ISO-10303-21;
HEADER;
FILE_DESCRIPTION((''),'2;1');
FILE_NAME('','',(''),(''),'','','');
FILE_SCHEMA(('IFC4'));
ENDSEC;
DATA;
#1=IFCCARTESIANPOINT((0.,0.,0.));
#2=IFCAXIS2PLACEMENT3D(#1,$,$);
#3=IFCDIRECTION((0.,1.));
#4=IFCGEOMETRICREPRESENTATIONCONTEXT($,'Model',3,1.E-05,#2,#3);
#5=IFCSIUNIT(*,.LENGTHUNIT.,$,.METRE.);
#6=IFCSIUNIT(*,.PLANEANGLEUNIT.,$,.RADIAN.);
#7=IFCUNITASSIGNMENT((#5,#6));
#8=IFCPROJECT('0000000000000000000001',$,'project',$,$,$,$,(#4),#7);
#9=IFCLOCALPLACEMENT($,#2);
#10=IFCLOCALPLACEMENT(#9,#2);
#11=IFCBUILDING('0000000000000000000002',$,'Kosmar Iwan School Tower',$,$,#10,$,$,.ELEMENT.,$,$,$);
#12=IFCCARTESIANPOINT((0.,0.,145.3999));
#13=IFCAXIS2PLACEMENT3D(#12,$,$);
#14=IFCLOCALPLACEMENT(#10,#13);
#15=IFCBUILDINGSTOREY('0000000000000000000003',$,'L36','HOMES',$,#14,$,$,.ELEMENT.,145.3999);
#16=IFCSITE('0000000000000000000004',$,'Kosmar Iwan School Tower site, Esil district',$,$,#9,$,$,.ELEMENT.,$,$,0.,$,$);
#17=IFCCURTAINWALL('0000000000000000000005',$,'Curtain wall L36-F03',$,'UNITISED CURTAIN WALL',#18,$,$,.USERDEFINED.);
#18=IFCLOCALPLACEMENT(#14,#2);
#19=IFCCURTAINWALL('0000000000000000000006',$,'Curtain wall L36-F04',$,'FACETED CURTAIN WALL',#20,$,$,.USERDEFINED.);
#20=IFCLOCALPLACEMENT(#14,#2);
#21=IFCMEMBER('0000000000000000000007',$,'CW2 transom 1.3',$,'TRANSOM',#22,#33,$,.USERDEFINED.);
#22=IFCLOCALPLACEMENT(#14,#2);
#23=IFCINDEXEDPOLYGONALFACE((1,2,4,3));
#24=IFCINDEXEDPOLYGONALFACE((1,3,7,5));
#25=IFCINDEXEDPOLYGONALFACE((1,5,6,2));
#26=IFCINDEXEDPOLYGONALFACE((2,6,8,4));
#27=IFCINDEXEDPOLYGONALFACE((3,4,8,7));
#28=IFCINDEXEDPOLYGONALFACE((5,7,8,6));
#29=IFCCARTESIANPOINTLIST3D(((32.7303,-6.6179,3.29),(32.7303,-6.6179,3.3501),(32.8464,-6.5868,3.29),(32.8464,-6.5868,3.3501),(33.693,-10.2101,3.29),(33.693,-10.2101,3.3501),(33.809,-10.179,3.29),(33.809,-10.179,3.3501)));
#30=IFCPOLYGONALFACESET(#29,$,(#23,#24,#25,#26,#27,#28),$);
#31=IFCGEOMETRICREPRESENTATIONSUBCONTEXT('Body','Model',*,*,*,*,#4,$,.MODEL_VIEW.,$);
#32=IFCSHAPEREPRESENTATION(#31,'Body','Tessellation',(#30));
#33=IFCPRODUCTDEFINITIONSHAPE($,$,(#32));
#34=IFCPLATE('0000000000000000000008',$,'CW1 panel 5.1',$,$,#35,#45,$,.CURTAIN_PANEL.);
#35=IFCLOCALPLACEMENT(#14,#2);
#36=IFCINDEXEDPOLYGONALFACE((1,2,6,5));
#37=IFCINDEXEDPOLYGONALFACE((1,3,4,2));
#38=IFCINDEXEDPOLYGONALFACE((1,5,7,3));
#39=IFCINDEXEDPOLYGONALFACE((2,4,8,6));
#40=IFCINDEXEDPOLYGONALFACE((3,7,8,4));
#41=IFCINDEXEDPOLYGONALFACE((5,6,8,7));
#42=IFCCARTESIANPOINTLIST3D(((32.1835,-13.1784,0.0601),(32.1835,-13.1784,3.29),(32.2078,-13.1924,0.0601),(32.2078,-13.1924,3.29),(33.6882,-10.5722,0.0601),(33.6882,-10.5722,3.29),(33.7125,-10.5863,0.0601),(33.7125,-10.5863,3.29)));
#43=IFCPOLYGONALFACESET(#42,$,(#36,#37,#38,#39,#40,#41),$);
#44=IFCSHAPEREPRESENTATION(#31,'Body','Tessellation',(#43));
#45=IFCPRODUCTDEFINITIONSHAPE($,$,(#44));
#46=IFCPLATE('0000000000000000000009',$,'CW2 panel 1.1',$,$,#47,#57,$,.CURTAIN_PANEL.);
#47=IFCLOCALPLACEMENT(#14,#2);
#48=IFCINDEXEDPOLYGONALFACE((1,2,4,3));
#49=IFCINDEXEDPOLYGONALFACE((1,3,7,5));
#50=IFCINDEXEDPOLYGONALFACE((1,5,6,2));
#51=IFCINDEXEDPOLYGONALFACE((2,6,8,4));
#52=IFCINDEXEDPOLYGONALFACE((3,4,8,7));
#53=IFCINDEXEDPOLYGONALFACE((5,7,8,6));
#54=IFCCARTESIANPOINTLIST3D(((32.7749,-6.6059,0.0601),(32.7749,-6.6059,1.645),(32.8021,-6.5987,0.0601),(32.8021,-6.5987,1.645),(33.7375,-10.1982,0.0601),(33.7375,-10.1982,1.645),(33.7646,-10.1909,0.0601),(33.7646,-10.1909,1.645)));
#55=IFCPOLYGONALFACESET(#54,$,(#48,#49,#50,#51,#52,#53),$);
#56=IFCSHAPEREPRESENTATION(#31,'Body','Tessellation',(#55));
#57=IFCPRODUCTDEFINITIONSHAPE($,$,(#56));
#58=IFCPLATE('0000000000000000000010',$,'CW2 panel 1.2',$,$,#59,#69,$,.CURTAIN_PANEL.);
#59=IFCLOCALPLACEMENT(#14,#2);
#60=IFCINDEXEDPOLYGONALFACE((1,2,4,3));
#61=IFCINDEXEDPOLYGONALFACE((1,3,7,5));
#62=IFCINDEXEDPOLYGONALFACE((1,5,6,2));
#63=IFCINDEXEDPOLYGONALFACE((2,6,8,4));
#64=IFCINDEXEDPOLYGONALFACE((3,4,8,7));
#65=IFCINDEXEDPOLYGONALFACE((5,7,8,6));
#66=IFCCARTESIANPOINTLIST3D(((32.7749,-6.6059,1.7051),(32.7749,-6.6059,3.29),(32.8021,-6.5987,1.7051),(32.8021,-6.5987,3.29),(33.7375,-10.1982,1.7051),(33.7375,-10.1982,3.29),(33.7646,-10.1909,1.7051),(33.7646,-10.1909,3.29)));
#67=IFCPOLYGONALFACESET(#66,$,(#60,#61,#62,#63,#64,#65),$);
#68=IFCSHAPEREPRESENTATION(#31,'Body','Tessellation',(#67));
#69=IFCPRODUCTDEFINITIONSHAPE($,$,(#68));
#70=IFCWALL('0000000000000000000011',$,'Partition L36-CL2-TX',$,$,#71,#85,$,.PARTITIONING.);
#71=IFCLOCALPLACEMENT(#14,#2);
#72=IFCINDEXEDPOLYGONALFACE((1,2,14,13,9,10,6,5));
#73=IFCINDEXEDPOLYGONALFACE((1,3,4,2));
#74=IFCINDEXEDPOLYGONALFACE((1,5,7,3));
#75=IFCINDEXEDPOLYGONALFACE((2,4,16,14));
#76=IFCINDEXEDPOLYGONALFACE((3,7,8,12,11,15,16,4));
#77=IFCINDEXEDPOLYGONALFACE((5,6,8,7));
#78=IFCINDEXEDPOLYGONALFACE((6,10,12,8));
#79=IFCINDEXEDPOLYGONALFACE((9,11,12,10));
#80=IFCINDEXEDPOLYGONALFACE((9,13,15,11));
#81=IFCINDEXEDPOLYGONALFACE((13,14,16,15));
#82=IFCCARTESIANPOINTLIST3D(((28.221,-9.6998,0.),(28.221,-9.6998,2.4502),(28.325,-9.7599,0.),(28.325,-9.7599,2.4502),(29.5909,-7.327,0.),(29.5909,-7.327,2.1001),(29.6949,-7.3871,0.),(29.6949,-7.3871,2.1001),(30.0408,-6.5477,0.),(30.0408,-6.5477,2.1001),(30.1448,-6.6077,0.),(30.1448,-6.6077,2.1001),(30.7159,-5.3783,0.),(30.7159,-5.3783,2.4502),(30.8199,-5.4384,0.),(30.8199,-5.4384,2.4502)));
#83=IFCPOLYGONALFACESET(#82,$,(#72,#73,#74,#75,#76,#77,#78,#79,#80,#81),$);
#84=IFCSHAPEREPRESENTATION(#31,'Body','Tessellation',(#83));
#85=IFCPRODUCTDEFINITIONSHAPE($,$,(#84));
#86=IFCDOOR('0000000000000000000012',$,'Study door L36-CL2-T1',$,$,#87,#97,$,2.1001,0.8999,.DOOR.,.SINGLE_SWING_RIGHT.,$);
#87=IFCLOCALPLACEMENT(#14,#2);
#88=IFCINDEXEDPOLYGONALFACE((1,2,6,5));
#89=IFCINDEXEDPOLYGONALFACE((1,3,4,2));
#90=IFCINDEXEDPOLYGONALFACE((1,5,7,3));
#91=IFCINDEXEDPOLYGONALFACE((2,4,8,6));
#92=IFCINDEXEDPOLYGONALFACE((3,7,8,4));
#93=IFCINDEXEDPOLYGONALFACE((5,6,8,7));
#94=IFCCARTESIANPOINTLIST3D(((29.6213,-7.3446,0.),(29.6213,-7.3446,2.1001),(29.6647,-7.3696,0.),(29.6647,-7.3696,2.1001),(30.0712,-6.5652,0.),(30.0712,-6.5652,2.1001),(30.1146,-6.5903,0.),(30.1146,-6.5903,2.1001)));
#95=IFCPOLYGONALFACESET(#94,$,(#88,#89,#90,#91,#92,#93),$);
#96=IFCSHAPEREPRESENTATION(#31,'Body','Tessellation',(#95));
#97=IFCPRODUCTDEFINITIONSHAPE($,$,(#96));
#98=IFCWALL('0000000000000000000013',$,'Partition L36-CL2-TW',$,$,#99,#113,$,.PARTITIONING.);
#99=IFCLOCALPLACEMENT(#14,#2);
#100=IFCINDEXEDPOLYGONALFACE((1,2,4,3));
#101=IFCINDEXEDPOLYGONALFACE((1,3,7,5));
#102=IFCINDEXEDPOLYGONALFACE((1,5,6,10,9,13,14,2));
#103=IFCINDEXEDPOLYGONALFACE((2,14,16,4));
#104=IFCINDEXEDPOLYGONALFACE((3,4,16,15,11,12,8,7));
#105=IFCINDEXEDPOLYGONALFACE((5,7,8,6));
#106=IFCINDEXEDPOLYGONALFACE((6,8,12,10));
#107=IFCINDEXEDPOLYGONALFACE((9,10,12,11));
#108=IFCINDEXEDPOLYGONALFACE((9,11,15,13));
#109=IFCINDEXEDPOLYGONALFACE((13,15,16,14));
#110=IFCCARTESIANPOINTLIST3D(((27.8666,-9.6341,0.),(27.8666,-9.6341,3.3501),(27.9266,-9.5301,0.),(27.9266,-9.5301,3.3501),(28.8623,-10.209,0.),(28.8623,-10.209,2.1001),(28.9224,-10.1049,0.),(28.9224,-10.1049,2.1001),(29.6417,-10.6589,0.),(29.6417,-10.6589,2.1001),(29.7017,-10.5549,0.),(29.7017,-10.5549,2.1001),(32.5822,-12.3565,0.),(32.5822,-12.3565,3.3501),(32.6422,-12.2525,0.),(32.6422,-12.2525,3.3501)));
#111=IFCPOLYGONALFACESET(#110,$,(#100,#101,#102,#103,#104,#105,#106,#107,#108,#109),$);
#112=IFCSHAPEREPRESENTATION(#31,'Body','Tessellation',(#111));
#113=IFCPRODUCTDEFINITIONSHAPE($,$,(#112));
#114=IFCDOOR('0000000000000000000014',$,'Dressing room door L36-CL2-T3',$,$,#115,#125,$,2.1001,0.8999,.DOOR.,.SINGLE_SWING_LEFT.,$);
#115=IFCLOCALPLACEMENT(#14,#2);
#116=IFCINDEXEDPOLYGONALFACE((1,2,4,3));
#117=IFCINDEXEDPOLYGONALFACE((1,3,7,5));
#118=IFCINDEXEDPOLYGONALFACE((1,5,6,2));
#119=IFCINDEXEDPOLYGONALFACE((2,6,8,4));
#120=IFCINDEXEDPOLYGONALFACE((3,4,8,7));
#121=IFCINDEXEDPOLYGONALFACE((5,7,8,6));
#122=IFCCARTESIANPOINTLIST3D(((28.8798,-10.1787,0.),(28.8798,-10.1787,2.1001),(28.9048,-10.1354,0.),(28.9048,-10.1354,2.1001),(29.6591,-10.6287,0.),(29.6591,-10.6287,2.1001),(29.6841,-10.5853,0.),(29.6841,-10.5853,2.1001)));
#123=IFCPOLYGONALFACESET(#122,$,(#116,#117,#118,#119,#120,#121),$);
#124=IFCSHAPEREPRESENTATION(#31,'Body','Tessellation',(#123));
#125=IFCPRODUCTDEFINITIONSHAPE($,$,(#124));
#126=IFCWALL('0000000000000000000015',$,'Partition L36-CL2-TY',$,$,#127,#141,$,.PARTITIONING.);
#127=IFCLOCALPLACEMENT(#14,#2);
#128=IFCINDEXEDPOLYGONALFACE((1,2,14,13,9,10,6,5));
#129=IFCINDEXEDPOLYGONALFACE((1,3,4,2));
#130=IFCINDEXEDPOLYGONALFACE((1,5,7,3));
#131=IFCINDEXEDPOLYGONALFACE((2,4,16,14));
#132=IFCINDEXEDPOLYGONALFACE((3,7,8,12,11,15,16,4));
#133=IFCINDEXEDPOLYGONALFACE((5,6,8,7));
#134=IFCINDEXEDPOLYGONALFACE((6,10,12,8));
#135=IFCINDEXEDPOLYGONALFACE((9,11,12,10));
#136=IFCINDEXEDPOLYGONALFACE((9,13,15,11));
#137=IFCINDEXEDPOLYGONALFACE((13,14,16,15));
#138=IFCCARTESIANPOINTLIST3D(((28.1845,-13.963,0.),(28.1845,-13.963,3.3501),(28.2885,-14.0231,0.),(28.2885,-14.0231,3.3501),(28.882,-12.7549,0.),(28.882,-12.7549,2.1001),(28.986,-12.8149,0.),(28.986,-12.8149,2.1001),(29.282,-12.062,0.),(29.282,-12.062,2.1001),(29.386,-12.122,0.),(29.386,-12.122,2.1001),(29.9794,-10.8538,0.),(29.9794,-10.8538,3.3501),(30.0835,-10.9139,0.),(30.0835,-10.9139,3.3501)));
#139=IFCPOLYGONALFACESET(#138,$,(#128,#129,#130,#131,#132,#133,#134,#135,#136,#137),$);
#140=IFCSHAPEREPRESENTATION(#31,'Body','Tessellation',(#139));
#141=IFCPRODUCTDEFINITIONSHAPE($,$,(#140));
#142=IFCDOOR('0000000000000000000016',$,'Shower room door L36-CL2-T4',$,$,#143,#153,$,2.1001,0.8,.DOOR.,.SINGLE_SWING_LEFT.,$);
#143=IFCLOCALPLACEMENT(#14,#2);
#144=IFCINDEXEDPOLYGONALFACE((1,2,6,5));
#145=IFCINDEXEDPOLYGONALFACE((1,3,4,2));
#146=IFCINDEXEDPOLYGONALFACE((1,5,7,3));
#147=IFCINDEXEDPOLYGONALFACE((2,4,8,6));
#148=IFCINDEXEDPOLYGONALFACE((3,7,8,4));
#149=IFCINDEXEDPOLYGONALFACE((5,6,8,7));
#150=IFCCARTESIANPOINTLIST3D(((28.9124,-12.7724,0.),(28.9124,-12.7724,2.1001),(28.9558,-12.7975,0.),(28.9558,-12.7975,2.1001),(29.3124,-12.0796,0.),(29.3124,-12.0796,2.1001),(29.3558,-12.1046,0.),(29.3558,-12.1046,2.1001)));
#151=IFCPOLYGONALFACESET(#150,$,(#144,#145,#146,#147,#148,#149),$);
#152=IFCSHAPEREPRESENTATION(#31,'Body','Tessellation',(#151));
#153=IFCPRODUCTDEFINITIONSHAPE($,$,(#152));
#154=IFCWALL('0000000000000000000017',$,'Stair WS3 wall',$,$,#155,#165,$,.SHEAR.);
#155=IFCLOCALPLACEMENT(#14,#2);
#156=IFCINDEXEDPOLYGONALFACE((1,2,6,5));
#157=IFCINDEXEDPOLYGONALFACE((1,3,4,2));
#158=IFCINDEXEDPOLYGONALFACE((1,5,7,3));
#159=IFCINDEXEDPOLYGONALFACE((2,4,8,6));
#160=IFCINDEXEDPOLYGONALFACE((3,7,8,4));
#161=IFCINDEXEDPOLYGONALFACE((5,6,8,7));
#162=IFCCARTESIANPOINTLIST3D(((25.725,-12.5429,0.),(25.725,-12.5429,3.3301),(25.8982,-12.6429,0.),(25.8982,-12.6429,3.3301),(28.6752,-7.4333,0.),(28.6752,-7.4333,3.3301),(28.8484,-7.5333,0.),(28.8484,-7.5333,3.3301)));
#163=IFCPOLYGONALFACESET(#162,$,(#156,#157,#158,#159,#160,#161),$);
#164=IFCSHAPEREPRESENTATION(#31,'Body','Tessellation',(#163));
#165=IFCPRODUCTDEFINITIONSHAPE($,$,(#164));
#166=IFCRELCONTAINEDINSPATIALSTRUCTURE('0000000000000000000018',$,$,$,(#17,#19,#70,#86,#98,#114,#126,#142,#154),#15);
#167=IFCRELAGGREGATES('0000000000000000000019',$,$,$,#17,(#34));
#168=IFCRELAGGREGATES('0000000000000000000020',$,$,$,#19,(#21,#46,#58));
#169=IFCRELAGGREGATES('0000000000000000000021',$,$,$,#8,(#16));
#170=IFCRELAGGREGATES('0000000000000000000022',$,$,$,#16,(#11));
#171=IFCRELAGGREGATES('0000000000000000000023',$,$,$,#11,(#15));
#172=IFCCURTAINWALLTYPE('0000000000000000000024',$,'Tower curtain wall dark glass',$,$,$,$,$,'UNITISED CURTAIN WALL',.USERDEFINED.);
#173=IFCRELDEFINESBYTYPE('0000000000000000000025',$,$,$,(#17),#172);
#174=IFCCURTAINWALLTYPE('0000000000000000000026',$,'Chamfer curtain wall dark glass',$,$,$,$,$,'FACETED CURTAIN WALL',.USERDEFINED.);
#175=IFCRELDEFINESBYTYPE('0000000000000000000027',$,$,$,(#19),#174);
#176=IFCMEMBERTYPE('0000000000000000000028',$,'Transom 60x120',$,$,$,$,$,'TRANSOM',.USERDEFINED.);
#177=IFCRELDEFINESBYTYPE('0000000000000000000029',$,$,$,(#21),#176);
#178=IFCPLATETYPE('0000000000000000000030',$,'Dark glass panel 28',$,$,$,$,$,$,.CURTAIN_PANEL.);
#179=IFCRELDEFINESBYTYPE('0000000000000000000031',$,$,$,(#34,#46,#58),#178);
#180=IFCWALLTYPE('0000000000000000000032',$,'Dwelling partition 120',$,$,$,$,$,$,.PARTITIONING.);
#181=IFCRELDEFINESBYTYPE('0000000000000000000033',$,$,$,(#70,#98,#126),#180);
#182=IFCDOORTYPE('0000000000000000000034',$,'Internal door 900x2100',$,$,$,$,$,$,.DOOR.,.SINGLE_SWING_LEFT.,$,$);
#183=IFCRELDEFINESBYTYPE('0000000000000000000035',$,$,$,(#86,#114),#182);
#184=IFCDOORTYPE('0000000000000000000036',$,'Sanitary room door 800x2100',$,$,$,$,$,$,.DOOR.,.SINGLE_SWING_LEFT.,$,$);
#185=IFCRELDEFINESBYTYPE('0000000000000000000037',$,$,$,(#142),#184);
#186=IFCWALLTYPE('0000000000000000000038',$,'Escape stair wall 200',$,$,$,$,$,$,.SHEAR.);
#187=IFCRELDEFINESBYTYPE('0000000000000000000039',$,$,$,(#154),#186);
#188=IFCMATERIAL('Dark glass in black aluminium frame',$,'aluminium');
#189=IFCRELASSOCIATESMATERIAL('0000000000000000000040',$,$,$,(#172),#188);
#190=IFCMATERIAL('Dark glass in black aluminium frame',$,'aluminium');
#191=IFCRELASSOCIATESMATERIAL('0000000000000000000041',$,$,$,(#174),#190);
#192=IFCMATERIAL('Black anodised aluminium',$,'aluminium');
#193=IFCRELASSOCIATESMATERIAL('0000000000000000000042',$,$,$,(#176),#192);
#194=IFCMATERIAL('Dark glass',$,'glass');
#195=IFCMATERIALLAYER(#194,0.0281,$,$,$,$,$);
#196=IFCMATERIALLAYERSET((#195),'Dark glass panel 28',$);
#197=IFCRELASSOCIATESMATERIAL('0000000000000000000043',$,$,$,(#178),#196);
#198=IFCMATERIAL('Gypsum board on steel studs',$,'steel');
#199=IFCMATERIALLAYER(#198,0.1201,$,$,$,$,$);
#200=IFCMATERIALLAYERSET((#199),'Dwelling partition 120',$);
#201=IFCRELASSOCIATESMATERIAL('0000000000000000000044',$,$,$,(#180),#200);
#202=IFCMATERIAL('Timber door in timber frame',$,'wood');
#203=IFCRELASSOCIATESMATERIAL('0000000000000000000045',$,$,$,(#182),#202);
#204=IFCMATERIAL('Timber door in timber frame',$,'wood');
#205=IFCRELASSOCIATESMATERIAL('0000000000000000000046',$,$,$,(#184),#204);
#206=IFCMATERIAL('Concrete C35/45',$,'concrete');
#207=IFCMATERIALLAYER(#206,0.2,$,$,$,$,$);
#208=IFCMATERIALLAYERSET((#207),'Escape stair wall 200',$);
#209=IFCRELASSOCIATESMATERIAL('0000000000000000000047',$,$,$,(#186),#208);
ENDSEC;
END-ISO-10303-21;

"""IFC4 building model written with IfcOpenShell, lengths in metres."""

from ifc_helpers import new_model, si_unit, direction, frame, frame_2d, origin, origin_2d, place, context, subcontext, project, spatial, rectangle, extrude, material, layer, layer_set, material_profile, profile_set, type_object, element, fill, aggregate, save


model = new_model("IFC4")

# Units and contexts
model_context = context("Model", 3, precision=1e-05, world=origin(), true_north=direction((0.0, 1.0)))
body_context = subcontext(model_context, "Body", "Model", "MODEL_VIEW")
ifc_project = project(units=[si_unit("LENGTHUNIT", "METRE"), si_unit("PLANEANGLEUNIT", "RADIAN")], contexts=[model_context])

# Site, building, storey
site_placement = place(None, origin())
site = spatial("IfcSite", under=ifc_project, at=site_placement, Name="Kosmar Iwan School Tower site, Esil district", CompositionType="ELEMENT", RefElevation=0.0)
building_placement = place(site_placement, origin())
building = spatial("IfcBuilding", under=site, at=building_placement, Name="Kosmar Iwan School Tower", CompositionType="ELEMENT")
storey_placement = place(building_placement, frame((0.0, 0.0, 145.3999)))
storey = spatial("IfcBuildingStorey", under=building, at=storey_placement, Name="L36", Description="HOMES", CompositionType="ELEMENT", Elevation=145.3999)

# Curtain walls
ifc_material_1 = material(Name="Dark glass in black aluminium frame", Category="aluminium")
curtain_wall_type_1 = type_object("IfcCurtainWallType", Name="Tower curtain wall dark glass", ElementType="UNITISED CURTAIN WALL", PredefinedType="USERDEFINED", material=ifc_material_1)
curtain_wall_1_placement = place(storey_placement, origin())
curtain_wall_1 = element("IfcCurtainWall", 1, at=curtain_wall_1_placement, inside=storey, type_object=curtain_wall_type_1, Name="Curtain wall L36-F03", ObjectType="UNITISED CURTAIN WALL", PredefinedType="USERDEFINED")
ifc_material_2 = material(Name="Dark glass in black aluminium frame", Category="aluminium")
curtain_wall_type_2 = type_object("IfcCurtainWallType", Name="Chamfer curtain wall dark glass", ElementType="FACETED CURTAIN WALL", PredefinedType="USERDEFINED", material=ifc_material_2)
curtain_wall_2_placement = place(storey_placement, origin())
curtain_wall_2 = element("IfcCurtainWall", 2, at=curtain_wall_2_placement, inside=storey, type_object=curtain_wall_type_2, Name="Curtain wall L36-F04", ObjectType="FACETED CURTAIN WALL", PredefinedType="USERDEFINED")

# Member
ifc_material_3 = material(Name="Black anodised aluminium", Category="aluminium")
ifc_material_profile_1 = material_profile(ifc_material_3, rectangle(XDim=0.1201, YDim=0.0601, at=origin_2d()), Name="TRANSOM 60x120")
ifc_profile_set_1 = profile_set([ifc_material_profile_1], Name="Black anodised aluminium")
member_type_1 = type_object("IfcMemberType", Name="Transom 60x120", ElementType="TRANSOM", PredefinedType="USERDEFINED", material=ifc_profile_set_1)
member_1_placement = place(storey_placement, frame((33.751, -10.1946, 3.3201), z_axis=(-0.258843, 0.965919, 0.0), x_axis=(-0.965919, -0.258843, 0.0)))
member_1 = element("IfcMember", 3, at=member_1_placement, type_object=member_type_1, Name="CW2 transom 1.3", ObjectType="TRANSOM", PredefinedType="USERDEFINED", context=body_context, shape_type="SweptSolid", body=[
    extrude(rectangle(XDim=0.1201, YDim=0.0601, at=origin_2d()), origin(), (0.0, 0.0, 1.0), 3.719),
])

# Plates
ifc_material_4 = material(Name="Dark glass", Category="glass")
ifc_layer_1 = layer(ifc_material_4, 0.0281)
ifc_layer_set_1 = layer_set([ifc_layer_1], Name="Dark glass panel 28")
plate_type = type_object("IfcPlateType", Name="Dark glass panel 28", PredefinedType="CURTAIN_PANEL", material=ifc_layer_set_1)
plate_1_placement = place(storey_placement, frame((32.948, -11.8823, 0.0601), z_axis=(0.0, 0.0, 1.0), x_axis=(0.5, 0.866025, 0.0)))
plate_1 = element("IfcPlate", 4, at=plate_1_placement, type_object=plate_type, Name="CW1 panel 5.1", PredefinedType="CURTAIN_PANEL", context=body_context, shape_type="SweptSolid", body=[
    extrude(rectangle(XDim=3.0093, YDim=0.0281, at=origin_2d()), origin(), (0.0, 0.0, 1.0), 3.23),
])
aggregate(curtain_wall_1, [plate_1])
plate_2_placement = place(storey_placement, frame((33.2698, -8.3984, 0.0601), z_axis=(0.0, 0.0, 1.0), x_axis=(-0.258819, 0.965926, 0.0)))
plate_2 = element("IfcPlate", 5, at=plate_2_placement, type_object=plate_type, Name="CW2 panel 1.1", PredefinedType="CURTAIN_PANEL", context=body_context, shape_type="SweptSolid", body=[
    extrude(rectangle(XDim=3.719, YDim=0.0281, at=origin_2d()), origin(), (0.0, 0.0, 1.0), 1.585),
])
plate_3_placement = place(storey_placement, frame((33.2698, -8.3984, 1.7051), z_axis=(0.0, 0.0, 1.0), x_axis=(-0.258819, 0.965926, 0.0)))
plate_3 = element("IfcPlate", 6, at=plate_3_placement, type_object=plate_type, Name="CW2 panel 1.2", PredefinedType="CURTAIN_PANEL", context=body_context, shape_type="SweptSolid", body=[
    extrude(rectangle(XDim=3.719, YDim=0.0281, at=origin_2d()), origin(), (0.0, 0.0, 1.0), 1.585),
])
aggregate(curtain_wall_2, [member_1, plate_2, plate_3])

# Walls, openings, doors
ifc_material_5 = material(Name="Gypsum board on steel studs", Category="steel")
ifc_layer_2 = layer(ifc_material_5, 0.1201)
ifc_layer_set_2 = layer_set([ifc_layer_2], Name="Dwelling partition 120")
wall_type_1 = type_object("IfcWallType", Name="Dwelling partition 120", PredefinedType="PARTITIONING", material=ifc_layer_set_2)
wall_1_placement = place(storey_placement, frame((28.2729, -9.73, 0.0), z_axis=(0.0, 0.0, 1.0), x_axis=(0.499975, 0.86604, 0.0)))
wall_1 = element("IfcWall", 7, at=wall_1_placement, inside=storey, type_object=wall_type_1, Name="Partition L36-CL2-TX", PredefinedType="PARTITIONING", context=body_context, shape_type="SweptSolid", body=[
    extrude(rectangle(XDim=4.99, YDim=0.1201, at=frame_2d((2.4951, 0.0))), origin(), (0.0, 0.0, 1.0), 2.4502),
])
opening_1_placement = place(wall_1_placement, frame((2.74, 0.0, 0.0)))
opening_1 = element("IfcOpeningElement", 8, at=opening_1_placement, cuts=wall_1, PredefinedType="OPENING", context=body_context, shape_type="SweptSolid", body=[
    extrude(rectangle(XDim=0.8999, YDim=2.1001, at=frame_2d((0.45, 1.05))), frame((0.0, 0.072, 0.0), z_axis=(0.0, -1.0, 0.0), x_axis=(1.0, 0.0, 0.0)), (0.0, 0.0, 1.0), 0.144),
])
ifc_material_6 = material(Name="Timber door in timber frame", Category="wood")
door_type_1 = type_object("IfcDoorType", Name="Internal door 900x2100", OperationType="SINGLE_SWING_LEFT", PredefinedType="DOOR", material=ifc_material_6)
door_1_placement = place(opening_1_placement, origin())
door_1 = element("IfcDoor", 9, at=door_1_placement, inside=storey, type_object=door_type_1, Name="Study door L36-CL2-T1", OperationType="SINGLE_SWING_RIGHT", OverallHeight=2.1001, OverallWidth=0.8999, PredefinedType="DOOR", context=body_context, shape_type="SweptSolid", body=[
    extrude(rectangle(XDim=0.8999, YDim=2.1001, at=frame_2d((0.45, 1.05))), frame((0.0, 0.0249, 0.0), z_axis=(0.0, -1.0, 0.0), x_axis=(1.0, 0.0, 0.0)), (0.0, 0.0, 1.0), 0.05),
])
fill(opening_1, door_1)
wall_2_placement = place(storey_placement, frame((27.8965, -9.582, 0.0), z_axis=(0.0, 0.0, 1.0), x_axis=(0.866036, -0.499982, 0.0)))
wall_2 = element("IfcWall", 10, at=wall_2_placement, inside=storey, type_object=wall_type_1, Name="Partition L36-CL2-TW", PredefinedType="PARTITIONING", context=body_context, shape_type="SweptSolid", body=[
    extrude(rectangle(XDim=5.4451, YDim=0.1201, at=frame_2d((2.7227, 0.0))), origin(), (0.0, 0.0, 1.0), 3.3501),
])
opening_2_placement = place(wall_2_placement, frame((1.1499, 0.0, 0.0)))
opening_2 = element("IfcOpeningElement", 11, at=opening_2_placement, cuts=wall_2, PredefinedType="OPENING", context=body_context, shape_type="SweptSolid", body=[
    extrude(rectangle(XDim=0.8999, YDim=2.1001, at=frame_2d((0.45, 1.05))), frame((0.0, 0.072, 0.0), z_axis=(0.0, -1.0, 0.0), x_axis=(1.0, 0.0, 0.0)), (0.0, 0.0, 1.0), 0.144),
])
door_2_placement = place(opening_2_placement, origin())
door_2 = element("IfcDoor", 12, at=door_2_placement, inside=storey, type_object=door_type_1, Name="Dressing room door L36-CL2-T3", OperationType="SINGLE_SWING_LEFT", OverallHeight=2.1001, OverallWidth=0.8999, PredefinedType="DOOR", context=body_context, shape_type="SweptSolid", body=[
    extrude(rectangle(XDim=0.8999, YDim=2.1001, at=frame_2d((0.45, 1.05))), frame((0.0, 0.0249, 0.0), z_axis=(0.0, -1.0, 0.0), x_axis=(1.0, 0.0, 0.0)), (0.0, 0.0, 1.0), 0.05),
])
fill(opening_2, door_2)
wall_3_placement = place(storey_placement, frame((28.2366, -13.9929, 0.0), z_axis=(0.0, 0.0, 1.0), x_axis=(0.499972, 0.866042, 0.0)))
wall_3 = element("IfcWall", 13, at=wall_3_placement, inside=storey, type_object=wall_type_1, Name="Partition L36-CL2-TY", PredefinedType="PARTITIONING", context=body_context, shape_type="SweptSolid", body=[
    extrude(rectangle(XDim=3.5901, YDim=0.1201, at=frame_2d((1.7949, 0.0))), origin(), (0.0, 0.0, 1.0), 3.3501),
])
opening_3_placement = place(wall_3_placement, frame((1.395, 0.0, 0.0)))
opening_3 = element("IfcOpeningElement", 14, at=opening_3_placement, cuts=wall_3, PredefinedType="OPENING", context=body_context, shape_type="SweptSolid", body=[
    extrude(rectangle(XDim=0.8, YDim=2.1001, at=frame_2d((0.3999, 1.05))), frame((0.0, 0.072, 0.0), z_axis=(0.0, -1.0, 0.0), x_axis=(1.0, 0.0, 0.0)), (0.0, 0.0, 1.0), 0.144),
])
ifc_material_7 = material(Name="Timber door in timber frame", Category="wood")
door_type_2 = type_object("IfcDoorType", Name="Sanitary room door 800x2100", OperationType="SINGLE_SWING_LEFT", PredefinedType="DOOR", material=ifc_material_7)
door_3_placement = place(opening_3_placement, origin())
door_3 = element("IfcDoor", 15, at=door_3_placement, inside=storey, type_object=door_type_2, Name="Shower room door L36-CL2-T4", OperationType="SINGLE_SWING_LEFT", OverallHeight=2.1001, OverallWidth=0.8, PredefinedType="DOOR", context=body_context, shape_type="SweptSolid", body=[
    extrude(rectangle(XDim=0.8, YDim=2.1001, at=frame_2d((0.3999, 1.05))), frame((0.0, 0.0249, 0.0), z_axis=(0.0, -1.0, 0.0), x_axis=(1.0, 0.0, 0.0)), (0.0, 0.0, 1.0), 0.05),
])
fill(opening_3, door_3)

# Wall
ifc_material_8 = material(Name="Concrete C35/45", Category="concrete")
ifc_layer_3 = layer(ifc_material_8, 0.2)
ifc_layer_set_3 = layer_set([ifc_layer_3], Name="Escape stair wall 200")
wall_type_2 = type_object("IfcWallType", Name="Escape stair wall 200", PredefinedType="SHEAR", material=ifc_layer_set_3)
wall_4_placement = place(storey_placement, frame((25.8115, -12.593, 0.0), z_axis=(0.0, 0.0, 1.0), x_axis=(0.50002, 0.866014, 0.0)))
element("IfcWall", 16, at=wall_4_placement, inside=storey, type_object=wall_type_2, Name="Stair WS3 wall", PredefinedType="SHEAR", context=body_context, shape_type="SweptSolid", body=[
    extrude(rectangle(XDim=5.9001, YDim=0.2, at=frame_2d((2.9502, 0.0))), origin(), (0.0, 0.0, 1.0), 3.3301),
])

save(model, "model.ifc")
